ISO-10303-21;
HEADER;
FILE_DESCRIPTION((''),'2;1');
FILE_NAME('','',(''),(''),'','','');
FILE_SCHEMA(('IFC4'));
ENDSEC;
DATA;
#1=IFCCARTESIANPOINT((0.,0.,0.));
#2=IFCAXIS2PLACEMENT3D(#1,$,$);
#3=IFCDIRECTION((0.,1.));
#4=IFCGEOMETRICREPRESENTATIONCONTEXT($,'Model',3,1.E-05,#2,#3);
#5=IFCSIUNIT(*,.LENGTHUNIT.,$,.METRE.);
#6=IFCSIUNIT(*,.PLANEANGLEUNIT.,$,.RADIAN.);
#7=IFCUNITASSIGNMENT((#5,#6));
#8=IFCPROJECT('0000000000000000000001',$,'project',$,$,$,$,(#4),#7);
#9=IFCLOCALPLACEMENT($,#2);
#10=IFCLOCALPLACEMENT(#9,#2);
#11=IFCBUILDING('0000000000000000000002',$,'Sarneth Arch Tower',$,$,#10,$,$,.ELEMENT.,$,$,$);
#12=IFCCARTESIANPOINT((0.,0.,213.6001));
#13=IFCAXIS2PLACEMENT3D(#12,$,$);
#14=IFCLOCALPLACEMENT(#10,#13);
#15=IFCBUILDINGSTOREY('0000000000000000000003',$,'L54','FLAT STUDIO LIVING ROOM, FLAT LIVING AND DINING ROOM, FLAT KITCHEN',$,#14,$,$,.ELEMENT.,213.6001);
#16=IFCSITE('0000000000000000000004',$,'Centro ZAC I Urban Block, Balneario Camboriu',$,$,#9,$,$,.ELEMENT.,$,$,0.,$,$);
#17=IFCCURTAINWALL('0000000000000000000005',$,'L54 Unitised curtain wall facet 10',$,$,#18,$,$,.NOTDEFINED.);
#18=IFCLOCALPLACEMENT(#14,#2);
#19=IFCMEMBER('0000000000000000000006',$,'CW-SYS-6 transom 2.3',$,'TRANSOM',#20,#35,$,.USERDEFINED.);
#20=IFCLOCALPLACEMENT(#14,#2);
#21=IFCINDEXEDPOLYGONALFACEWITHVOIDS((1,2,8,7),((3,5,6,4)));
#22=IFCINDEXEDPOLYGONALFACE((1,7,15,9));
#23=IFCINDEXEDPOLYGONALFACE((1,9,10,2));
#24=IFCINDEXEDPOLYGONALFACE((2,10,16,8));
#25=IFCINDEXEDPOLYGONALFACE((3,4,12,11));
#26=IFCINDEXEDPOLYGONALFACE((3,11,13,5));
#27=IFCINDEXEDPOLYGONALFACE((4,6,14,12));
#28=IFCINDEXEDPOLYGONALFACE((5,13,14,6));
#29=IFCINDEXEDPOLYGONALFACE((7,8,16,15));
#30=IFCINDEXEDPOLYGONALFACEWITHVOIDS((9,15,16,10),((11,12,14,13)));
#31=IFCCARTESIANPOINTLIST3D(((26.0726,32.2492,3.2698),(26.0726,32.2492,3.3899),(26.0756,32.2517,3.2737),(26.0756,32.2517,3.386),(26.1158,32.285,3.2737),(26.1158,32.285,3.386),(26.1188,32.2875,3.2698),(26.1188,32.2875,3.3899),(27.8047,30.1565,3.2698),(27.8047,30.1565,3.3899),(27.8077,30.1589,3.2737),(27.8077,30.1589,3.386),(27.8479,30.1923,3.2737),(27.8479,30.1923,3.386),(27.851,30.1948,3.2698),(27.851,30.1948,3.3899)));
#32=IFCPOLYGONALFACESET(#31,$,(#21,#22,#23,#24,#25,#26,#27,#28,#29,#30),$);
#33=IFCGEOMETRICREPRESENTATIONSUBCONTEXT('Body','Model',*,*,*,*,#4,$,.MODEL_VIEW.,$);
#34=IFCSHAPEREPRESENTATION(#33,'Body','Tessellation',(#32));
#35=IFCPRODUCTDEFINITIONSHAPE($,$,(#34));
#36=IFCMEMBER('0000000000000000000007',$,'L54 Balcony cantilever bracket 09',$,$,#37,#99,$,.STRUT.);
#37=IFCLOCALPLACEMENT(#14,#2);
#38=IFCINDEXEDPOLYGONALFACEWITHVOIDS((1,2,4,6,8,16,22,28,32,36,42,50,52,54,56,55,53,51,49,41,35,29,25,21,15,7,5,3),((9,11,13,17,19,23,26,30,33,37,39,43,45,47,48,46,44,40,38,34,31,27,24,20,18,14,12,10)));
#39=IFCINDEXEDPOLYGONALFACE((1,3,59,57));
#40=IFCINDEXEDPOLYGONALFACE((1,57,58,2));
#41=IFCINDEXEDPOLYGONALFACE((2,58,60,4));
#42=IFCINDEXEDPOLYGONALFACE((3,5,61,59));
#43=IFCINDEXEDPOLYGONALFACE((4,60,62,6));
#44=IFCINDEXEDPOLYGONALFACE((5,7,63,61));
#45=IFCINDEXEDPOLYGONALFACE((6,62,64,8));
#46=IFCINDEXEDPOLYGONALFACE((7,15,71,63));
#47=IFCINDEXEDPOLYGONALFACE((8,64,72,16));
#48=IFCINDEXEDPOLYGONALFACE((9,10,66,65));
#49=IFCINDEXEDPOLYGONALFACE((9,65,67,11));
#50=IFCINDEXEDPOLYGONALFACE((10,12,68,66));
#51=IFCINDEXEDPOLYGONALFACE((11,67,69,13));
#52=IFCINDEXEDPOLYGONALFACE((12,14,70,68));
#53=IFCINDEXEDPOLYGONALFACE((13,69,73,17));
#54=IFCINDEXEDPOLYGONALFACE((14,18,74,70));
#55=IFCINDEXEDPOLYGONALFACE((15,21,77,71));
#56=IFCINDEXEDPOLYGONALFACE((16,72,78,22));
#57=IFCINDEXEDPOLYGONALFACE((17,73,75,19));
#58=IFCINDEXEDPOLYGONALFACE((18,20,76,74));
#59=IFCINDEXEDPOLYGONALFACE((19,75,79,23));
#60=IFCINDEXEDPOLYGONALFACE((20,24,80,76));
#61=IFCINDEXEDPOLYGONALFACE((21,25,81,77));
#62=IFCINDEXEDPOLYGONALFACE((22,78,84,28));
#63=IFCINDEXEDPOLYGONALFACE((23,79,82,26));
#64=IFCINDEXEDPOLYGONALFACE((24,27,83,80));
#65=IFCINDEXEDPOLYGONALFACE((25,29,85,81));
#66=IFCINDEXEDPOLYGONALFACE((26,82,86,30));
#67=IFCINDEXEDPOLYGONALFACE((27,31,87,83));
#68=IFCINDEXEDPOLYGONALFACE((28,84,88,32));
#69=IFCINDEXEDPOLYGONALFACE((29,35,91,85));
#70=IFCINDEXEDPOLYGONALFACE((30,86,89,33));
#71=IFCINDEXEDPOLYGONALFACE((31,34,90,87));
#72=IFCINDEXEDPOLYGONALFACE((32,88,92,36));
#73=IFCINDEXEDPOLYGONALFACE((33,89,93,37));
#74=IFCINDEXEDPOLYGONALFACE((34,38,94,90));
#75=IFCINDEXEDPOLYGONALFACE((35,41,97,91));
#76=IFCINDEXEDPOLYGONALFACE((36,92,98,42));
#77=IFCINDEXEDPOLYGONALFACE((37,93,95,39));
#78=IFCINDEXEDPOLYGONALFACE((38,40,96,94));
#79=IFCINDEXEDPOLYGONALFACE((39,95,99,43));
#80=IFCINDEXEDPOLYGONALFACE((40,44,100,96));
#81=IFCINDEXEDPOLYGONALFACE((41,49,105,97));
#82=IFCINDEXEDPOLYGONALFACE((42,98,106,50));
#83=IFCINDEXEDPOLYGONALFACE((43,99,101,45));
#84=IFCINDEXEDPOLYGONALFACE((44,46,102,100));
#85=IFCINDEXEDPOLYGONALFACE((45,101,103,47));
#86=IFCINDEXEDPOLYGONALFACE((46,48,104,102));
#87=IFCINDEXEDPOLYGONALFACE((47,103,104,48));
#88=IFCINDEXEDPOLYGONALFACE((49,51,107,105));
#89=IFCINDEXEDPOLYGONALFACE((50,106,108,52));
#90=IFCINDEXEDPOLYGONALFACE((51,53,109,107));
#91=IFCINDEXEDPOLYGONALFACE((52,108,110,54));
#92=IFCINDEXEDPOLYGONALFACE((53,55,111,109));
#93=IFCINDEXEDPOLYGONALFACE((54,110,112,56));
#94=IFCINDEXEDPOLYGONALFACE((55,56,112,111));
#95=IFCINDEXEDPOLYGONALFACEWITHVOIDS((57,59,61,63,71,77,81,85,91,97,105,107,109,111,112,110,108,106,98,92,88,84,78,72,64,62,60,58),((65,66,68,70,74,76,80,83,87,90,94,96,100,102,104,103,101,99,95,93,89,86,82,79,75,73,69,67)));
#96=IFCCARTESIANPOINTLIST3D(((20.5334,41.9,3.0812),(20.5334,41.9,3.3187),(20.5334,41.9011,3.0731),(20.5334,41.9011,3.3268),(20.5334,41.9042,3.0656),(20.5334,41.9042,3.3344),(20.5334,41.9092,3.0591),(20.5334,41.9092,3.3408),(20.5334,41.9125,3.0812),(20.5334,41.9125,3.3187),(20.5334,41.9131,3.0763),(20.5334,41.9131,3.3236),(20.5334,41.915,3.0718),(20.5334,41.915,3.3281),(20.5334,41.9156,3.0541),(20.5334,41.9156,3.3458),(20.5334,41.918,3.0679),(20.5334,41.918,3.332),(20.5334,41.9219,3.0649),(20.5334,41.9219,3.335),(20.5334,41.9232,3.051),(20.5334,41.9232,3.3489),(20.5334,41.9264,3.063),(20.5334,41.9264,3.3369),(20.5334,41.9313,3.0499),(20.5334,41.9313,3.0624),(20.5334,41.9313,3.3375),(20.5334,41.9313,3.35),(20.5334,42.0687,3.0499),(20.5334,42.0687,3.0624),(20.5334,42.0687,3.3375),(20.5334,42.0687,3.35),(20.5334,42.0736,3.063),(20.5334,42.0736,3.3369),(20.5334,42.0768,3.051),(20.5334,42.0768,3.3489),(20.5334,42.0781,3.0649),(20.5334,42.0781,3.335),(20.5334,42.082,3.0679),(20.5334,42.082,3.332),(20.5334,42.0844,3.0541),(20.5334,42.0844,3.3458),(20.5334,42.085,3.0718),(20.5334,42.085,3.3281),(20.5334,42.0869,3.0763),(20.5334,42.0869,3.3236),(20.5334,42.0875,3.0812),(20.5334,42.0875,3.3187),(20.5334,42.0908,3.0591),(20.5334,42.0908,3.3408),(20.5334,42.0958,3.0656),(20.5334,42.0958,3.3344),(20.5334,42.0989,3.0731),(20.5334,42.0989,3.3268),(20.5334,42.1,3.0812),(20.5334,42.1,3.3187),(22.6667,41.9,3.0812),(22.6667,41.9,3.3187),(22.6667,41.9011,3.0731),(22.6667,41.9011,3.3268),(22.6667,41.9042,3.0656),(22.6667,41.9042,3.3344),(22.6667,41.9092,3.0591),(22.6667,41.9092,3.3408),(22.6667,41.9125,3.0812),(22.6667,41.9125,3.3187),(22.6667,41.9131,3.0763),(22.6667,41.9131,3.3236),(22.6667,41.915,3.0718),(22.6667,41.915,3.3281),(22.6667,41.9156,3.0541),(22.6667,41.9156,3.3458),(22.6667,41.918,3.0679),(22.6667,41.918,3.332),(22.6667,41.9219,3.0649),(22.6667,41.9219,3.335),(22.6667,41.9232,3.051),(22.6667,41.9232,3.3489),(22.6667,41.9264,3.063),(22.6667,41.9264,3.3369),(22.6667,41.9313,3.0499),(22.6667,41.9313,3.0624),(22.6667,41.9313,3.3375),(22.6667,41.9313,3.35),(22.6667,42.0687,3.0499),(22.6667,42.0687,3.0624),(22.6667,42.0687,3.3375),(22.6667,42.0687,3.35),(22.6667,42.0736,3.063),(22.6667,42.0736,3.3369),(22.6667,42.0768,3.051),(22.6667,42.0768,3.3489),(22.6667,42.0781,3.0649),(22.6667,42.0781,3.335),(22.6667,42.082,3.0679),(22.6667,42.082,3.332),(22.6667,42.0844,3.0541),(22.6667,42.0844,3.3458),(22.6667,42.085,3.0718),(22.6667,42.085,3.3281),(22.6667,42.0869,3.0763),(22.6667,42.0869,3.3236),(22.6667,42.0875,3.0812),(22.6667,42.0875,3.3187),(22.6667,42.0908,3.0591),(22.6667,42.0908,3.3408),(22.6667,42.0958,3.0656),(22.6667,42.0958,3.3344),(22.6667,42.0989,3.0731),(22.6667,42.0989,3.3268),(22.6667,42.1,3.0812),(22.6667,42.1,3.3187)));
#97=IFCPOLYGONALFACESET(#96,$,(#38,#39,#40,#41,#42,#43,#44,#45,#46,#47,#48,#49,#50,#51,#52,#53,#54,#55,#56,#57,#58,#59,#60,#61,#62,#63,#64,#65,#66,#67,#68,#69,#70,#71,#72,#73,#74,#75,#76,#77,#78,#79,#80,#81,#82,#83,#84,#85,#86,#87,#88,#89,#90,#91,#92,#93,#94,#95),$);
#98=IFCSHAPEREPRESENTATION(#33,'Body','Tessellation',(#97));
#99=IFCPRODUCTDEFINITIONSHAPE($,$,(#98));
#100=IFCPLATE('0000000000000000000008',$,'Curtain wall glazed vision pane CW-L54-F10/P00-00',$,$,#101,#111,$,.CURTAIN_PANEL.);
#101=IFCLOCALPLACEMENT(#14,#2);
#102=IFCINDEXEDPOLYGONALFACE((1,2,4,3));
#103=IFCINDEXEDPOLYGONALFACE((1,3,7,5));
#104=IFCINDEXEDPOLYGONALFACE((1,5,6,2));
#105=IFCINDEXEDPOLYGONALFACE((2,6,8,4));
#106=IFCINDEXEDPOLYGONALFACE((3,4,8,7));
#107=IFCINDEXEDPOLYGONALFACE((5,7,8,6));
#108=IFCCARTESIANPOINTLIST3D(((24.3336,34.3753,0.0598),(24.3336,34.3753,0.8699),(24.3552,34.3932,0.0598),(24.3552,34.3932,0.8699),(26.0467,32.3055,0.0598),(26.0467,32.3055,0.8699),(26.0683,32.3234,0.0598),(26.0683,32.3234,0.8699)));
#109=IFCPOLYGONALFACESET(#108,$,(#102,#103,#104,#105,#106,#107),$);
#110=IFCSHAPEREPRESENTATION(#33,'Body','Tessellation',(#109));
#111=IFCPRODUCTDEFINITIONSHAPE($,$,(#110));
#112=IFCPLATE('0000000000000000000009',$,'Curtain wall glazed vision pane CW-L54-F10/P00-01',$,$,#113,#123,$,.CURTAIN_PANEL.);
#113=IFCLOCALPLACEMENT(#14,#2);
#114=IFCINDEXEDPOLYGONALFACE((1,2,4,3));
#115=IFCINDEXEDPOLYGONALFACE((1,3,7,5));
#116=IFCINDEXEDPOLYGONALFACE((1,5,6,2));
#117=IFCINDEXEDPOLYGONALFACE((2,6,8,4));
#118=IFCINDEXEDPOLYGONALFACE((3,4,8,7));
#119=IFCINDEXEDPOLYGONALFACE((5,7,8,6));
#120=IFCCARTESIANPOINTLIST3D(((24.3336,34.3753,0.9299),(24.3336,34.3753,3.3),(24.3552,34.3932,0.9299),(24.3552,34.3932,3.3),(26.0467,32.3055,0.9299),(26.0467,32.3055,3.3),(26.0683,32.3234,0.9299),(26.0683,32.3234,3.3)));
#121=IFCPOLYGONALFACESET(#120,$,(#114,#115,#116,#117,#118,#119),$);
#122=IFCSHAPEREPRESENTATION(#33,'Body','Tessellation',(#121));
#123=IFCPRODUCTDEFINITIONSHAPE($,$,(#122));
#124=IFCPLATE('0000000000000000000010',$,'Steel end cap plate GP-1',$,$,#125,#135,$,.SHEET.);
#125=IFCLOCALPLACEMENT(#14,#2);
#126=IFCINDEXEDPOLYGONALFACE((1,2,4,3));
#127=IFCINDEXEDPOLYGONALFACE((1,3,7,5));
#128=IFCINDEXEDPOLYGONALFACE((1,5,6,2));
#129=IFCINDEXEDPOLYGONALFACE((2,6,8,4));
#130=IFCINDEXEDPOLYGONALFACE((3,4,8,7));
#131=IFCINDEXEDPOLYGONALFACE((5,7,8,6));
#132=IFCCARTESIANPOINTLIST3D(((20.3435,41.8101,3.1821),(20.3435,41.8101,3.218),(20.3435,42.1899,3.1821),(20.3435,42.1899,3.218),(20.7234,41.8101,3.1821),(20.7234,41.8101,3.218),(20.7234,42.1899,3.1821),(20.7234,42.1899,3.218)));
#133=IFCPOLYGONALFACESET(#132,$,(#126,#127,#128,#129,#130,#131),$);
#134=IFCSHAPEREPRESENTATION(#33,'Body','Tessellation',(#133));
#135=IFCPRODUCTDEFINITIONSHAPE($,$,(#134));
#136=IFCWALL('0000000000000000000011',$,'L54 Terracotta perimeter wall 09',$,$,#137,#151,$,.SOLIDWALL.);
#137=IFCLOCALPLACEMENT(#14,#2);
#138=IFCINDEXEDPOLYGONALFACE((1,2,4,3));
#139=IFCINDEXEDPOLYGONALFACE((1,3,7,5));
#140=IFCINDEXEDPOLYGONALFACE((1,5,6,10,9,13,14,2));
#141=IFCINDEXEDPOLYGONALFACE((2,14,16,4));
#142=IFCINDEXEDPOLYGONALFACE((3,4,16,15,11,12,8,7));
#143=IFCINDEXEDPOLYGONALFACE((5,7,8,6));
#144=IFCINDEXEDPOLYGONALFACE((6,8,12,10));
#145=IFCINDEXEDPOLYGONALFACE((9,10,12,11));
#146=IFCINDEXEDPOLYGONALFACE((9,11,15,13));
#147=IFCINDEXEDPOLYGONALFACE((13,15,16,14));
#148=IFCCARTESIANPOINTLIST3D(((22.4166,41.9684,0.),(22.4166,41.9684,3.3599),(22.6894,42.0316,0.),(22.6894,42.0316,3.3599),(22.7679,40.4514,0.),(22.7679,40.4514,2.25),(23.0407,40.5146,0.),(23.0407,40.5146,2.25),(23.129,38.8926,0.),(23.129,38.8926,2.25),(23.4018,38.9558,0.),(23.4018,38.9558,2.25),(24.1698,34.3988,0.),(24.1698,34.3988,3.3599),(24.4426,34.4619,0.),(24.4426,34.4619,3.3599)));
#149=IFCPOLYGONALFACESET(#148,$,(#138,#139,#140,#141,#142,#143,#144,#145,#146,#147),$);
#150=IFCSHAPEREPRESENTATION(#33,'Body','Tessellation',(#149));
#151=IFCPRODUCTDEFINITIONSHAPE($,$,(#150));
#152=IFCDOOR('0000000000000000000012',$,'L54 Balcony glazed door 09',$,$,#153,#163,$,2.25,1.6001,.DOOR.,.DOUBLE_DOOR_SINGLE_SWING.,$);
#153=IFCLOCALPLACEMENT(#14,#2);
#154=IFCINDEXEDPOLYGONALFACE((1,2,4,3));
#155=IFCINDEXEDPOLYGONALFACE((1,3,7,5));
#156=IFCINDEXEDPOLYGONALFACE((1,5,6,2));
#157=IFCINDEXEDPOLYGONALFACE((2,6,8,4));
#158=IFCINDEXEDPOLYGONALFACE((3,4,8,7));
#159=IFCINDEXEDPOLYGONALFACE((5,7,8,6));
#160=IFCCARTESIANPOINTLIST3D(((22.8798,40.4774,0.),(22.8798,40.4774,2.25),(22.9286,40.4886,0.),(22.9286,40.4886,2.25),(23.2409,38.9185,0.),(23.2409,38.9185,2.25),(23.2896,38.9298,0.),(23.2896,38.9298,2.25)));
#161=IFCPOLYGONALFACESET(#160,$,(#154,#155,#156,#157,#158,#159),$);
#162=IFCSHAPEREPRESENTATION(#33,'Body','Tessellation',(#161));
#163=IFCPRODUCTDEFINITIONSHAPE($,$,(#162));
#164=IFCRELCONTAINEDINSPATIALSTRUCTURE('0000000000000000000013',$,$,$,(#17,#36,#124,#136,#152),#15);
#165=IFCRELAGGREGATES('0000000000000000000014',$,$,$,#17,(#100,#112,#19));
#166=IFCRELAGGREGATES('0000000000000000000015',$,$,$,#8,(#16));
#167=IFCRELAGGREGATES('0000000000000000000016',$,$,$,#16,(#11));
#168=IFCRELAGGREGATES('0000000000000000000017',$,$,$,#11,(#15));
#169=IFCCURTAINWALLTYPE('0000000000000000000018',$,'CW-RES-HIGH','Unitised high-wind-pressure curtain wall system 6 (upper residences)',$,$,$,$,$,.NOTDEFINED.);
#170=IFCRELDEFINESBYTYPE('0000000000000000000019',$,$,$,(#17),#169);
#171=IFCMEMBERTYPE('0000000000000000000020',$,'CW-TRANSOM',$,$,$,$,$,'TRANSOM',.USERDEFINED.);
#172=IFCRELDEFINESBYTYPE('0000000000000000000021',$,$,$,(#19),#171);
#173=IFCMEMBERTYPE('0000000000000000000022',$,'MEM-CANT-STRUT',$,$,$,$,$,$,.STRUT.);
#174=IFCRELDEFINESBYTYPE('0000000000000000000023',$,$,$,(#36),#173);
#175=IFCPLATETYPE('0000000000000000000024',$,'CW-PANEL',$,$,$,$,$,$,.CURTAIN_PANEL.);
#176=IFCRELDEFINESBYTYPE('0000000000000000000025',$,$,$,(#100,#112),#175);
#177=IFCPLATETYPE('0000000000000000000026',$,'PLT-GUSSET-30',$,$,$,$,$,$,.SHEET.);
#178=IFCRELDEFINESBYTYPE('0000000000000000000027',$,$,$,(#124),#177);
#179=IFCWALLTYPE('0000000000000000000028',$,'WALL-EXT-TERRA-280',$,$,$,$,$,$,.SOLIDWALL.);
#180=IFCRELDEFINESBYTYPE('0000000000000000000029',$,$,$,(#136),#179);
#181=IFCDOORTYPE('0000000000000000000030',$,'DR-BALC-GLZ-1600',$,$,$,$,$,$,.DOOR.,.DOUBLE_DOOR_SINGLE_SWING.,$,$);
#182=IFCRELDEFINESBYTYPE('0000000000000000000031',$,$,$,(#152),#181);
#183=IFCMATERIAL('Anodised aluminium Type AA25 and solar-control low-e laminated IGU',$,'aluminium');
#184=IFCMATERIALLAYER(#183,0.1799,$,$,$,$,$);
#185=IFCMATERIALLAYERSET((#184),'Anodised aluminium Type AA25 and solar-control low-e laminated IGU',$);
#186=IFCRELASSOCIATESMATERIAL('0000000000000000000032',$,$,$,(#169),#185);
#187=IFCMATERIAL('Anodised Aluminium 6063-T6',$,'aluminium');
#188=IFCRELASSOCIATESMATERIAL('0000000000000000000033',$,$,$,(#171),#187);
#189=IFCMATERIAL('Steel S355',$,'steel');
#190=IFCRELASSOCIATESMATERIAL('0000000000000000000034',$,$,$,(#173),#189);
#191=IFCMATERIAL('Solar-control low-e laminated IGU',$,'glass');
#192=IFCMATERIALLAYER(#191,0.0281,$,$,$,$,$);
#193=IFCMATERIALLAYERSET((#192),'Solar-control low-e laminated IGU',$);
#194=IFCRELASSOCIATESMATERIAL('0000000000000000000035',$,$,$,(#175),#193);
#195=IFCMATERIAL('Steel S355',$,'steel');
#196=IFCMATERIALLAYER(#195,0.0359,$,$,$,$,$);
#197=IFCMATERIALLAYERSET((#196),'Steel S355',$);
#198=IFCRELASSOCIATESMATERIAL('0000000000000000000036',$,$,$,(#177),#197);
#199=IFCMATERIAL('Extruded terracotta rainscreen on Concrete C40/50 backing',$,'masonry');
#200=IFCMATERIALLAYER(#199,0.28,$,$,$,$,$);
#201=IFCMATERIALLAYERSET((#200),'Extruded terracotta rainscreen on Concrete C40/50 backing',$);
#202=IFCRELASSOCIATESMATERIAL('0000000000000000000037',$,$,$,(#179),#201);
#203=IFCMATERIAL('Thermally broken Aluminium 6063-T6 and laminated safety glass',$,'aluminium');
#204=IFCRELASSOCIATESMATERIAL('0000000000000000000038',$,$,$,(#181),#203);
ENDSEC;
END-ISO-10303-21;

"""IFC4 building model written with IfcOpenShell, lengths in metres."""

from ifc_helpers import new_model, si_unit, direction, frame, frame_2d, origin, origin_2d, place, context, subcontext, project, spatial, rectangle, hollow_rectangle, extrude, material, layer, layer_set, material_profile, profile_set, type_object, element, fill, aggregate, save


model = new_model("IFC4")

# Units and contexts
model_context = context("Model", 3, precision=1e-05, world=origin(), true_north=direction((0.0, 1.0)))
body_context = subcontext(model_context, "Body", "Model", "MODEL_VIEW")
ifc_project = project(units=[si_unit("LENGTHUNIT", "METRE"), si_unit("PLANEANGLEUNIT", "RADIAN")], contexts=[model_context])

# Site, building, storey
site_placement = place(None, origin())
site = spatial("IfcSite", under=ifc_project, at=site_placement, Name="Centro ZAC I Urban Block, Balneario Camboriu", CompositionType="ELEMENT", RefElevation=0.0)
building_placement = place(site_placement, origin())
building = spatial("IfcBuilding", under=site, at=building_placement, Name="Sarneth Arch Tower", CompositionType="ELEMENT")
storey_placement = place(building_placement, frame((0.0, 0.0, 213.6001)))
storey = spatial("IfcBuildingStorey", under=building, at=storey_placement, Name="L54", Description="FLAT STUDIO LIVING ROOM, FLAT LIVING AND DINING ROOM, FLAT KITCHEN", CompositionType="ELEMENT", Elevation=213.6001)

# Curtain wall, member
ifc_material_1 = material(Name="Anodised aluminium Type AA25 and solar-control low-e laminated IGU", Category="aluminium")
ifc_layer_1 = layer(ifc_material_1, 0.1799)
ifc_layer_set_1 = layer_set([ifc_layer_1], Name="Anodised aluminium Type AA25 and solar-control low-e laminated IGU")
curtain_wall_type = type_object("IfcCurtainWallType", Name="CW-RES-HIGH", Description="Unitised high-wind-pressure curtain wall system 6 (upper residences)", PredefinedType="NOTDEFINED", material=ifc_layer_set_1)
curtain_wall_placement = place(storey_placement, origin())
curtain_wall = element("IfcCurtainWall", 1, at=curtain_wall_placement, inside=storey, type_object=curtain_wall_type, Name="L54 Unitised curtain wall facet 10", PredefinedType="NOTDEFINED")
ifc_material_2 = material(Name="Anodised Aluminium 6063-T6", Category="aluminium")
ifc_material_profile_1 = material_profile(ifc_material_2, hollow_rectangle(XDim=0.0601, YDim=0.1201, WallThickness=0.0039, at=origin_2d()), Name="AL-TRAN-120x60x4")
ifc_profile_set_1 = profile_set([ifc_material_profile_1], Name="Anodised Aluminium 6063-T6")
member_type_1 = type_object("IfcMemberType", Name="CW-TRANSOM", ElementType="TRANSOM", PredefinedType="USERDEFINED", material=ifc_profile_set_1)
member_1_placement = place(storey_placement, frame((26.0957, 32.2683, 3.3298), z_axis=(0.637617, -0.770353, 0.0), x_axis=(0.770353, 0.637617, 0.0)))
member_1 = element("IfcMember", 2, at=member_1_placement, type_object=member_type_1, Name="CW-SYS-6 transom 2.3", ObjectType="TRANSOM", PredefinedType="USERDEFINED", context=body_context, shape_type="SweptSolid", body=[
    extrude(hollow_rectangle(XDim=0.0601, YDim=0.1201, WallThickness=0.0039, at=origin_2d()), origin(), (0.0, 0.0, 1.0), 2.7166),
])

# Member
ifc_material_3 = material(Name="Steel S355", Category="steel")
ifc_material_profile_2 = material_profile(ifc_material_3, hollow_rectangle(XDim=0.2, YDim=0.3, WallThickness=0.0125, InnerFilletRadius=0.0188, OuterFilletRadius=0.0312, at=origin_2d()), Name="RHS300x200x12.5")
ifc_profile_set_2 = profile_set([ifc_material_profile_2], Name="Steel S355")
member_type_2 = type_object("IfcMemberType", Name="MEM-CANT-STRUT", PredefinedType="STRUT", material=ifc_profile_set_2)
member_2_placement = place(storey_placement, frame((22.6667, 42.0, 3.2), z_axis=(-1.0, 0.0, 0.0), x_axis=(0.0, -1.0, 0.0)))
element("IfcMember", 3, at=member_2_placement, inside=storey, type_object=member_type_2, Name="L54 Balcony cantilever bracket 09", PredefinedType="STRUT", context=body_context, shape_type="SweptSolid", body=[
    extrude(hollow_rectangle(XDim=0.2, YDim=0.3, WallThickness=0.0125, InnerFilletRadius=0.0188, OuterFilletRadius=0.0312, at=origin_2d()), origin(), (0.0, 0.0, 1.0), 2.1333),
])

# Plates
ifc_material_4 = material(Name="Solar-control low-e laminated IGU", Category="glass")
ifc_layer_2 = layer(ifc_material_4, 0.0281)
ifc_layer_set_2 = layer_set([ifc_layer_2], Name="Solar-control low-e laminated IGU")
plate_type_1 = type_object("IfcPlateType", Name="CW-PANEL", PredefinedType="CURTAIN_PANEL", material=ifc_layer_set_2)
plate_1_placement = place(storey_placement, frame((25.2009, 33.3494, 0.0598), z_axis=(0.0, 0.0, 1.0), x_axis=(0.63761, -0.770359, 0.0)))
plate_1 = element("IfcPlate", 4, at=plate_1_placement, type_object=plate_type_1, Name="Curtain wall glazed vision pane CW-L54-F10/P00-00", PredefinedType="CURTAIN_PANEL", context=body_context, shape_type="SweptSolid", body=[
    extrude(rectangle(XDim=2.6868, YDim=0.0281, at=origin_2d()), origin(), (0.0, 0.0, 1.0), 0.8101),
])
plate_2_placement = place(storey_placement, frame((25.2009, 33.3494, 0.9299), z_axis=(0.0, 0.0, 1.0), x_axis=(0.63761, -0.770359, 0.0)))
plate_2 = element("IfcPlate", 5, at=plate_2_placement, type_object=plate_type_1, Name="Curtain wall glazed vision pane CW-L54-F10/P00-01", PredefinedType="CURTAIN_PANEL", context=body_context, shape_type="SweptSolid", body=[
    extrude(rectangle(XDim=2.6868, YDim=0.0281, at=origin_2d()), origin(), (0.0, 0.0, 1.0), 2.3701),
])
aggregate(curtain_wall, [plate_1, plate_2, member_1])
ifc_material_5 = material(Name="Steel S355", Category="steel")
ifc_layer_3 = layer(ifc_material_5, 0.0359)
ifc_layer_set_3 = layer_set([ifc_layer_3], Name="Steel S355")
plate_type_2 = type_object("IfcPlateType", Name="PLT-GUSSET-30", PredefinedType="SHEET", material=ifc_layer_set_3)
plate_3_placement = place(storey_placement, frame((20.5334, 42.0, 3.1821), z_axis=(0.0, 0.0, 1.0), x_axis=(-1.0, 0.0, 0.0)))
element("IfcPlate", 6, at=plate_3_placement, inside=storey, type_object=plate_type_2, Name="Steel end cap plate GP-1", PredefinedType="SHEET", context=body_context, shape_type="SweptSolid", body=[
    extrude(rectangle(XDim=0.3799, YDim=0.3799, at=origin_2d()), origin(), (0.0, 0.0, 1.0), 0.0359),
])

# Wall, opening, door
ifc_material_6 = material(Name="Extruded terracotta rainscreen on Concrete C40/50 backing", Category="masonry")
ifc_layer_4 = layer(ifc_material_6, 0.28)
ifc_layer_set_4 = layer_set([ifc_layer_4], Name="Extruded terracotta rainscreen on Concrete C40/50 backing")
wall_type_1 = type_object("IfcWallType", Name="WALL-EXT-TERRA-280", PredefinedType="SOLIDWALL", material=ifc_layer_set_4)
wall_1_placement = place(storey_placement, frame((22.553, 42.0, 0.0), z_axis=(0.0, 0.0, 1.0), x_axis=(0.225635, -0.974212, 0.0)))
wall_1 = element("IfcWall", 7, at=wall_1_placement, inside=storey, type_object=wall_type_1, Name="L54 Terracotta perimeter wall 09", PredefinedType="SOLIDWALL", context=body_context, shape_type="SweptSolid", body=[
    extrude(rectangle(XDim=7.77, YDim=0.28, at=frame_2d((3.885, 0.0))), origin(), (0.0, 0.0, 1.0), 3.3599),
])
opening_1_placement = place(wall_1_placement, frame((1.5571, 0.0, 0.0)))
opening_1 = element("IfcOpeningElement", 8, at=opening_1_placement, cuts=wall_1, PredefinedType="OPENING", context=body_context, shape_type="SweptSolid", body=[
    extrude(rectangle(XDim=1.6001, YDim=2.25, at=frame_2d((0.8, 1.125))), frame((0.0, 0.1499, 0.0), z_axis=(0.0, -1.0, 0.0), x_axis=(1.0, 0.0, 0.0)), (0.0, 0.0, 1.0), 0.3),
])
ifc_material_7 = material(Name="Thermally broken Aluminium 6063-T6 and laminated safety glass", Category="aluminium")
door_type_1 = type_object("IfcDoorType", Name="DR-BALC-GLZ-1600", OperationType="DOUBLE_DOOR_SINGLE_SWING", PredefinedType="DOOR", material=ifc_material_7)
door_1_placement = place(opening_1_placement, origin())
door_1 = element("IfcDoor", 9, at=door_1_placement, inside=storey, type_object=door_type_1, Name="L54 Balcony glazed door 09", OperationType="DOUBLE_DOOR_SINGLE_SWING", OverallHeight=2.25, OverallWidth=1.6001, PredefinedType="DOOR", context=body_context, shape_type="SweptSolid", body=[
    extrude(rectangle(XDim=1.6001, YDim=2.25, at=frame_2d((0.8, 1.125))), frame((0.0, 0.0249, 0.0), z_axis=(0.0, -1.0, 0.0), x_axis=(1.0, 0.0, 0.0)), (0.0, 0.0, 1.0), 0.05),
])
fill(opening_1, door_1)

save(model, "model.ifc")
